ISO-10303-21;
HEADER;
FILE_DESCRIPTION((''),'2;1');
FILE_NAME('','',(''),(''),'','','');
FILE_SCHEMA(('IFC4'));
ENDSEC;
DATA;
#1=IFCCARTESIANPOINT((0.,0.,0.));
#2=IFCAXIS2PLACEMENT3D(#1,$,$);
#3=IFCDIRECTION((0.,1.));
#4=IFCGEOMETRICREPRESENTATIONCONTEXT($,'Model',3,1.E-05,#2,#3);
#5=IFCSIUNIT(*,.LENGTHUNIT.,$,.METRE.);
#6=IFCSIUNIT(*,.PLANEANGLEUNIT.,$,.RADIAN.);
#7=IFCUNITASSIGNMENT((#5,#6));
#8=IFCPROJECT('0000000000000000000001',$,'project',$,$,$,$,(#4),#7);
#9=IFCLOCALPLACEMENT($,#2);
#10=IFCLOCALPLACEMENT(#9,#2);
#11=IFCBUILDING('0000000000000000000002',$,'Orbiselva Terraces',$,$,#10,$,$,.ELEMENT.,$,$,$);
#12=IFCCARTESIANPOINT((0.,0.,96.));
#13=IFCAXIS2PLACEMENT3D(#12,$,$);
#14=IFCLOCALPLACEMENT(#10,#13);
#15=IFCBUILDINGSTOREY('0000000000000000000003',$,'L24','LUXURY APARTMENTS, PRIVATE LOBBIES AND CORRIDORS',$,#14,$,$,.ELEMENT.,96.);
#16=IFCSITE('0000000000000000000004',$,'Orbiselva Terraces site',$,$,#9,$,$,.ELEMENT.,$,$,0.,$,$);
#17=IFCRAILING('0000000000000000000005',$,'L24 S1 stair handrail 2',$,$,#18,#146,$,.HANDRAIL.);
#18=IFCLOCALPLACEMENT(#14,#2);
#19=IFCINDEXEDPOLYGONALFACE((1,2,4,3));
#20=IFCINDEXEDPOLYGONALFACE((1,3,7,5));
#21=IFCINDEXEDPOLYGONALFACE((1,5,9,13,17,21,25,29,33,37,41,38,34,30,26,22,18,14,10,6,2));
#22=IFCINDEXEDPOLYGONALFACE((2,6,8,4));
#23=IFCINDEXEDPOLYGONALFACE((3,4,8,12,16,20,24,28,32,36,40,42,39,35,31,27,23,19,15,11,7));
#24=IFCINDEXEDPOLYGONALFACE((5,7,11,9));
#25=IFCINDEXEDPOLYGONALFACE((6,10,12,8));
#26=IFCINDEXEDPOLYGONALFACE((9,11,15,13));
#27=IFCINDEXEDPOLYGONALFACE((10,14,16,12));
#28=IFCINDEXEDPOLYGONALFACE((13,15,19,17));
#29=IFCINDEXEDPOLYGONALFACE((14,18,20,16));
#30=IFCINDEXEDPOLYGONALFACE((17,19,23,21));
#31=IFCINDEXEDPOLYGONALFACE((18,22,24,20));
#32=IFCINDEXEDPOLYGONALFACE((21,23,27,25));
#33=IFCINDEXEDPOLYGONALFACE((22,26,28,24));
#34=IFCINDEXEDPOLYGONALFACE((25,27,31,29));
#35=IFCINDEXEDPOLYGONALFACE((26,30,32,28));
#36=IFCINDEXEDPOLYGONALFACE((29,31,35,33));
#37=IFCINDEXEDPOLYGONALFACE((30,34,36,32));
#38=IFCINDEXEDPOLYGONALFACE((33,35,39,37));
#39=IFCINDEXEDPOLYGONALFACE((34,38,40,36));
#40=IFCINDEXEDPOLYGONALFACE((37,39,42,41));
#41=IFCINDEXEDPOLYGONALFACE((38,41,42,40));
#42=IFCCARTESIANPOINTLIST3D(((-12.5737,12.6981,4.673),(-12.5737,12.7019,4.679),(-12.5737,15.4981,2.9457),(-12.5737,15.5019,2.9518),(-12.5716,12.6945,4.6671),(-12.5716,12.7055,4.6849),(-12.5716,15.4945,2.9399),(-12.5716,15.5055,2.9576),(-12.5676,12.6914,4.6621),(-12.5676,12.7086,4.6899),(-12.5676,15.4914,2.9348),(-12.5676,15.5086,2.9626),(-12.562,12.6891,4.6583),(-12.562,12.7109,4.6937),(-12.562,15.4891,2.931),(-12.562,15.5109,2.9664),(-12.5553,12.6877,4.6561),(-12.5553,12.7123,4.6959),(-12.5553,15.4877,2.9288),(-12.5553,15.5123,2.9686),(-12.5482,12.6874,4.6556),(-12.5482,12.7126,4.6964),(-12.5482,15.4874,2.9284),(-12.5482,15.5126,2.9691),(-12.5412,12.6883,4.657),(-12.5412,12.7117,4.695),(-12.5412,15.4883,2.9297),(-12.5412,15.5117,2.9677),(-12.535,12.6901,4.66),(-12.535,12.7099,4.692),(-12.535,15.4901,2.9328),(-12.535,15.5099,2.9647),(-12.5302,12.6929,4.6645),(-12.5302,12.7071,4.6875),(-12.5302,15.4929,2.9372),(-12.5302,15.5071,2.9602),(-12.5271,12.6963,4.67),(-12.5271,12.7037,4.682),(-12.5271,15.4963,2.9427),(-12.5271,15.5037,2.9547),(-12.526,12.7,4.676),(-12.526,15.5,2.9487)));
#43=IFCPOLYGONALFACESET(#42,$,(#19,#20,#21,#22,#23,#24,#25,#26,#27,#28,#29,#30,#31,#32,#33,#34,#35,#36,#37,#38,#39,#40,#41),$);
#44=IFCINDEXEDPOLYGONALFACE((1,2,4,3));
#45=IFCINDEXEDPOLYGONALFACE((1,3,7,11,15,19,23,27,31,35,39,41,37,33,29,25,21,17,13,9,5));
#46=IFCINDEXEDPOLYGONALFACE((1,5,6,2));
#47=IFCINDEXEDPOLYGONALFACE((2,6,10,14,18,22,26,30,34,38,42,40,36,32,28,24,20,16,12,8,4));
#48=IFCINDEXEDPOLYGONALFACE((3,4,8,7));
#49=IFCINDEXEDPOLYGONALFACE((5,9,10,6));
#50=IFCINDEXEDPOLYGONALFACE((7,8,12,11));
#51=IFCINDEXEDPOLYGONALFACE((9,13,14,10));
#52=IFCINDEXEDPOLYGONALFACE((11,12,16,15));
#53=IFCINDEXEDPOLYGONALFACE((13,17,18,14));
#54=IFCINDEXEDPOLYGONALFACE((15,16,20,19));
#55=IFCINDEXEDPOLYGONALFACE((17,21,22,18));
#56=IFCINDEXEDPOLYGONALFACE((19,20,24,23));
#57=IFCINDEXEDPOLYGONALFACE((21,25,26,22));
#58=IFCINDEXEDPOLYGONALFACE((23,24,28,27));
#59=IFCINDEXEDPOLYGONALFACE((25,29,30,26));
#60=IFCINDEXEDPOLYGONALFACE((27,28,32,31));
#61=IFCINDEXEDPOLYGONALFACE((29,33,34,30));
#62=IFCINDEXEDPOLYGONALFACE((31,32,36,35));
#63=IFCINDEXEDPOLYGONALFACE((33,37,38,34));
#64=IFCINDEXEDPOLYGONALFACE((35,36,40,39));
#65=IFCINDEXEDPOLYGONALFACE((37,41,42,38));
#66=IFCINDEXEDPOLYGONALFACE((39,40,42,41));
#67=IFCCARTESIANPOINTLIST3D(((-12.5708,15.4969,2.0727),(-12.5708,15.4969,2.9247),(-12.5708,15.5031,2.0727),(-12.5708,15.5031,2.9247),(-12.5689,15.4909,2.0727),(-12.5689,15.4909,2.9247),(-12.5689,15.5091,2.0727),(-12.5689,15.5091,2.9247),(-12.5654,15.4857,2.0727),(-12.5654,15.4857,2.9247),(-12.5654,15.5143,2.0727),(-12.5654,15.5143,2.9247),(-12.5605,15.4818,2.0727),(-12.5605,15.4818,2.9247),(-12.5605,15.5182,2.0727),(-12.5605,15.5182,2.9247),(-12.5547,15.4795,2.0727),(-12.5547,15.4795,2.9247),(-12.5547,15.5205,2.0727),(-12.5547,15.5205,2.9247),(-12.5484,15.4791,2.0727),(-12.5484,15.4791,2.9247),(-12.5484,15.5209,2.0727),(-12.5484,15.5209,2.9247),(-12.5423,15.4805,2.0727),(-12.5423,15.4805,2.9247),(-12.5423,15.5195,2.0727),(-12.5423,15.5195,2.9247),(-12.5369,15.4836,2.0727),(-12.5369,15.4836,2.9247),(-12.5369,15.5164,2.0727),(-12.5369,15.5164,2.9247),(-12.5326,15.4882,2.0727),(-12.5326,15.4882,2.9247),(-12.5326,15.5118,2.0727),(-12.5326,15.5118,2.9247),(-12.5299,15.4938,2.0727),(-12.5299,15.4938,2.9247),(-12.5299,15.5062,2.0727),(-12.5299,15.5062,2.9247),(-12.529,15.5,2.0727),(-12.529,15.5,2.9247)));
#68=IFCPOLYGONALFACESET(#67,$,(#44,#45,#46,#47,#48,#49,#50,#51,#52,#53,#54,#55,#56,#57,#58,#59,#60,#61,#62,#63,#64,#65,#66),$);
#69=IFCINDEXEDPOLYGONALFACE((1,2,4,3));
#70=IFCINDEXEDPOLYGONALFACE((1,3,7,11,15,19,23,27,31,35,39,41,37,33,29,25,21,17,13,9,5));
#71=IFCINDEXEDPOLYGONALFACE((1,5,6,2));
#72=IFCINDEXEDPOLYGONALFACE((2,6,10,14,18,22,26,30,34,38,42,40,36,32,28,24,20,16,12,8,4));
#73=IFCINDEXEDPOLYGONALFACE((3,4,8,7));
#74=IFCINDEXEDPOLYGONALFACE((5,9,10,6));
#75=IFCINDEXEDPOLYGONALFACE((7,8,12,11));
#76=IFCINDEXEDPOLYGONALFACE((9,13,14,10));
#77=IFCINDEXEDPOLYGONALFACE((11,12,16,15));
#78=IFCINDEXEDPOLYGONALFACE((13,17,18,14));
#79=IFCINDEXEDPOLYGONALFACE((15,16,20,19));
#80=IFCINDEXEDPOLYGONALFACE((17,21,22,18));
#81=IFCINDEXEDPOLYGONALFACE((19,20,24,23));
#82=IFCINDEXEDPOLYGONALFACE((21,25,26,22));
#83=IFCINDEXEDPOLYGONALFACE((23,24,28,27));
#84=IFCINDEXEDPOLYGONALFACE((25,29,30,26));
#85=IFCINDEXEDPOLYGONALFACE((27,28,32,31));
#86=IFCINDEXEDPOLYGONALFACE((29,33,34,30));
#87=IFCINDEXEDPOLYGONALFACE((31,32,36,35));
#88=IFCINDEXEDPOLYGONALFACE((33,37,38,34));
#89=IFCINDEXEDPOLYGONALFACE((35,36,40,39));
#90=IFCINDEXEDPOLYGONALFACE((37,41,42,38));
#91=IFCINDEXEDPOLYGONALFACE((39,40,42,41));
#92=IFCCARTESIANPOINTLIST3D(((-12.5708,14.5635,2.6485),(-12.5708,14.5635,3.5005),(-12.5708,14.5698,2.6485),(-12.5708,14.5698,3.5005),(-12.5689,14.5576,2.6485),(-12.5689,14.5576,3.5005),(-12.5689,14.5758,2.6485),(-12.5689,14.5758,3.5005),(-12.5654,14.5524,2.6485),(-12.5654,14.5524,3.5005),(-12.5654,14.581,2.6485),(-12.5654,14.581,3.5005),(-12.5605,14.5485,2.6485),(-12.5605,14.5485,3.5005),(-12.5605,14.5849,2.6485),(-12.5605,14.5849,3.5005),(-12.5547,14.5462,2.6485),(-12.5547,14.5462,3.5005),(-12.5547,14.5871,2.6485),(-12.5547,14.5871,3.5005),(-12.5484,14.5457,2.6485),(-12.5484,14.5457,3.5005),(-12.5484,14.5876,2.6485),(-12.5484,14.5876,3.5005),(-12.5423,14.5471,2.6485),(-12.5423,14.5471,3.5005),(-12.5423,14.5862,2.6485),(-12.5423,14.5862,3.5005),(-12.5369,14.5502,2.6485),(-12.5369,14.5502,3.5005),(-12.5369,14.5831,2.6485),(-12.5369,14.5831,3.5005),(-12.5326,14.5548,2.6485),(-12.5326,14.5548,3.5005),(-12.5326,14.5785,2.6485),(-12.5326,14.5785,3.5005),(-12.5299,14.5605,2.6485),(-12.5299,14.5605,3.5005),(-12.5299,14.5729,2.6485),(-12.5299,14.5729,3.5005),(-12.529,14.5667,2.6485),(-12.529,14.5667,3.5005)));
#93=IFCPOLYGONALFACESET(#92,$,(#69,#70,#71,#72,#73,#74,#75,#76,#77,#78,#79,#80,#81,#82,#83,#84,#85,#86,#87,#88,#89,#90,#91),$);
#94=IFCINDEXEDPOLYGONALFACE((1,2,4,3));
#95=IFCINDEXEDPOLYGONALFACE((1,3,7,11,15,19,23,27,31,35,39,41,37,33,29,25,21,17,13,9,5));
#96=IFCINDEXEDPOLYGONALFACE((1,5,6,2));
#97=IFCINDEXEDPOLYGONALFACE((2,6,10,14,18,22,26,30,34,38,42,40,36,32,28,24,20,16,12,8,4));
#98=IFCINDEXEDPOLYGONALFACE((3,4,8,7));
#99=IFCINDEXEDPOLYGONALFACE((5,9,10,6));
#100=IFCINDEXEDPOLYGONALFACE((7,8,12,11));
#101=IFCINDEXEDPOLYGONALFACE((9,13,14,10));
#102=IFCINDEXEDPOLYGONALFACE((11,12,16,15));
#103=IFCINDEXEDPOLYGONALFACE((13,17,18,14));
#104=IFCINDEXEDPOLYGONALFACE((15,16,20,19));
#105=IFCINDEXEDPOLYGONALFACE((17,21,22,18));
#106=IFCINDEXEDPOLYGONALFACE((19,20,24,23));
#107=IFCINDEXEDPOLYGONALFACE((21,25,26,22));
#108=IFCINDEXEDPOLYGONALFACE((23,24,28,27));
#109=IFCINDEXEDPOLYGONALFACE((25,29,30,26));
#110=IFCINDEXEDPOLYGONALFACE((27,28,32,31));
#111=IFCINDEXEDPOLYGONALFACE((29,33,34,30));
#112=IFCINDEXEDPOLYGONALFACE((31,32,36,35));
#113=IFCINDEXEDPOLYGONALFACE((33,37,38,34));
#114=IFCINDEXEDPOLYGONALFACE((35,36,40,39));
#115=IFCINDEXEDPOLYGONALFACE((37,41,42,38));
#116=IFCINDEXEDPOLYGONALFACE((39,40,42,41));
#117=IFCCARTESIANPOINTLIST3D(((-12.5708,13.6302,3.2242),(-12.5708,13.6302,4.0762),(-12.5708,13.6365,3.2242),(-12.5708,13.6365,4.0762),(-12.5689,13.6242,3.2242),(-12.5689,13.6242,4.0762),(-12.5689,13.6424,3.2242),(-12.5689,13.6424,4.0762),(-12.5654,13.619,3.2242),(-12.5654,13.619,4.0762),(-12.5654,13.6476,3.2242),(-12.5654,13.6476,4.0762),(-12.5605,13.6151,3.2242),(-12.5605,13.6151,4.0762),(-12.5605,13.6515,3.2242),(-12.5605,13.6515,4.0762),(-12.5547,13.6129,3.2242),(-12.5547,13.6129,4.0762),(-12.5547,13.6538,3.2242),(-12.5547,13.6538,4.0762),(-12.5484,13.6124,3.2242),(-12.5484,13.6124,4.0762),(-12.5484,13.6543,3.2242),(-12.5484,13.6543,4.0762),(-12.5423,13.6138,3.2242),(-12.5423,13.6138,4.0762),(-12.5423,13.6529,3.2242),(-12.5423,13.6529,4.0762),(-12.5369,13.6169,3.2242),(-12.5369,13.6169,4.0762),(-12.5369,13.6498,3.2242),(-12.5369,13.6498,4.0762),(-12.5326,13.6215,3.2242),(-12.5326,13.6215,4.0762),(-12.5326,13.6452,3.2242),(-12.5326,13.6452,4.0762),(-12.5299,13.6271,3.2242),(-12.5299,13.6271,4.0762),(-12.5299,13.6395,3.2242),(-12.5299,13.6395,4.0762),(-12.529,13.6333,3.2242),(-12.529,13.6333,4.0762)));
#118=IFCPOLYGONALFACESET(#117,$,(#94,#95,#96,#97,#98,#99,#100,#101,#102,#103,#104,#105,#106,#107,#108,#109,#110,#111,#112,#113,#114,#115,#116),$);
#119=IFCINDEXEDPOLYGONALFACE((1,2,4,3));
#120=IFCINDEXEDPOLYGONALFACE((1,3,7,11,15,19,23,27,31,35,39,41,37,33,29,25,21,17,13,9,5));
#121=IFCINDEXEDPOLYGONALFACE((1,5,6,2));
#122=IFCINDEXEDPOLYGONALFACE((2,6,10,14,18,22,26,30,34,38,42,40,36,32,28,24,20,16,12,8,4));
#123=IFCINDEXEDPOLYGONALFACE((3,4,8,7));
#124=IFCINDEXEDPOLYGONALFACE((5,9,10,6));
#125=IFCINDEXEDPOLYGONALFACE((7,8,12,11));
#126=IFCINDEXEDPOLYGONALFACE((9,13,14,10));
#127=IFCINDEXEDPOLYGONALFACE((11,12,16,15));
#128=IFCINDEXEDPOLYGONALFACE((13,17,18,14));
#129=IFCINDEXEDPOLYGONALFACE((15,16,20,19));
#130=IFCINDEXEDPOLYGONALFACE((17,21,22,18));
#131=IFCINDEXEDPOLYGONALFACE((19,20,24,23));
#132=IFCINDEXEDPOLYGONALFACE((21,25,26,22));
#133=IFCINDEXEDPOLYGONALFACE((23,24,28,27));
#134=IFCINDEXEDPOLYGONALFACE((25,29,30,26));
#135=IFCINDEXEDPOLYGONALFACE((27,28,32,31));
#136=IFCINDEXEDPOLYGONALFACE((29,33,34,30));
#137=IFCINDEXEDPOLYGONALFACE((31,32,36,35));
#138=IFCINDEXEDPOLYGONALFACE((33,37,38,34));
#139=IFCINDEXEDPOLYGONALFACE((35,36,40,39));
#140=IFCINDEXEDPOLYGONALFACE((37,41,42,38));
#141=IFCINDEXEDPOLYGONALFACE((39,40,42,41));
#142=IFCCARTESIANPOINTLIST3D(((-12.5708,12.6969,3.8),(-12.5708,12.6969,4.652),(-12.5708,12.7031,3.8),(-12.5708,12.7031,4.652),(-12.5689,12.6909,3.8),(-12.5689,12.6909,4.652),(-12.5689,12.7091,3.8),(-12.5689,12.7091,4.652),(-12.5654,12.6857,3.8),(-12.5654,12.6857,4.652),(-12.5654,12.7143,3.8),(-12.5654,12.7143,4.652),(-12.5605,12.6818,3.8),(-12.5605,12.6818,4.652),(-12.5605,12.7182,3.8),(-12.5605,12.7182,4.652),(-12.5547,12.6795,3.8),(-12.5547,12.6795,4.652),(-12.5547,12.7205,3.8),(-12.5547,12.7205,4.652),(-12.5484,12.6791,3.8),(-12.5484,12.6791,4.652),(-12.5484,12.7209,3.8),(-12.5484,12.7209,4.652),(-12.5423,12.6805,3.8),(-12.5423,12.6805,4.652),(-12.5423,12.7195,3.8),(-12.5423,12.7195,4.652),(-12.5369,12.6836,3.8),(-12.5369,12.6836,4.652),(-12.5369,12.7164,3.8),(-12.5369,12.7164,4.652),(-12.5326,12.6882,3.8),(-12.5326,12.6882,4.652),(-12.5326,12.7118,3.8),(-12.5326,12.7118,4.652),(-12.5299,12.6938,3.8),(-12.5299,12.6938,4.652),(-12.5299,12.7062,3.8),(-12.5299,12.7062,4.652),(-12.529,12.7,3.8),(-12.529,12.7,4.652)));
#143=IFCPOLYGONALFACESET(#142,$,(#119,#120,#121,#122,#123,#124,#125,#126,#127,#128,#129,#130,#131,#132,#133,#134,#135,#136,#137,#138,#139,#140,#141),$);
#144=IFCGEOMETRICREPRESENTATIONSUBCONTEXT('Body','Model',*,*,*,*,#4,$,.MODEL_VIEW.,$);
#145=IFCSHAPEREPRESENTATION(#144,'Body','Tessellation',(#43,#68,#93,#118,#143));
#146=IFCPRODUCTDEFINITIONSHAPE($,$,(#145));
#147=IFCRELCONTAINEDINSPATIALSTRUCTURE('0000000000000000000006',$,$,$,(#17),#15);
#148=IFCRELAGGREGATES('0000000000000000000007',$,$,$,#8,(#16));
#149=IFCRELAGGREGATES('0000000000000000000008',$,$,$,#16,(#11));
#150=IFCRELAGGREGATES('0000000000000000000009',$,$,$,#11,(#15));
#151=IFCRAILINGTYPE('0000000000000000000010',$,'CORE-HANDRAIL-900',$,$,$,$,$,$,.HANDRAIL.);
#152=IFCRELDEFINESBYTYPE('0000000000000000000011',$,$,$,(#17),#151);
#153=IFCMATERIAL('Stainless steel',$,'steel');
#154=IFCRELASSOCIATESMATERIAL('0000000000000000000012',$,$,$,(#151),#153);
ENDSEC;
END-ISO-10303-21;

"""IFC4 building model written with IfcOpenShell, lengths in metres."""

from ifc_helpers import new_model, si_unit, direction, frame, origin, origin_2d, place, context, subcontext, project, spatial, circle, extrude, material, type_object, element, save


model = new_model("IFC4")

# Units and contexts
model_context = context("Model", 3, precision=1e-05, world=origin(), true_north=direction((0.0, 1.0)))
body_context = subcontext(model_context, "Body", "Model", "MODEL_VIEW")
ifc_project = project(units=[si_unit("LENGTHUNIT", "METRE"), si_unit("PLANEANGLEUNIT", "RADIAN")], contexts=[model_context])

# Site, building, storey
site_placement = place(None, origin())
site = spatial("IfcSite", under=ifc_project, at=site_placement, Name="Orbiselva Terraces site", CompositionType="ELEMENT", RefElevation=0.0)
building_placement = place(site_placement, origin())
building = spatial("IfcBuilding", under=site, at=building_placement, Name="Orbiselva Terraces", CompositionType="ELEMENT")
storey_placement = place(building_placement, frame((0.0, 0.0, 96.0)))
storey = spatial("IfcBuildingStorey", under=building, at=storey_placement, Name="L24", Description="LUXURY APARTMENTS, PRIVATE LOBBIES AND CORRIDORS", CompositionType="ELEMENT", Elevation=96.0)

# Railing
ifc_material_1 = material(Name="Stainless steel", Category="steel")
railing_type_1 = type_object("IfcRailingType", Name="CORE-HANDRAIL-900", PredefinedType="HANDRAIL", material=ifc_material_1)
railing_1_placement = place(storey_placement, frame((-12.55, 15.5, 2.0727)))
element("IfcRailing", 1, at=railing_1_placement, inside=storey, type_object=railing_type_1, Name="L24 S1 stair handrail 2", PredefinedType="HANDRAIL", context=body_context, shape_type="SweptSolid", body=[
    extrude(circle(Radius=0.024, at=origin_2d()), frame((0.0, 0.0, 0.876), z_axis=(0.0, -0.851089, 0.525022), x_axis=(1.0, 0.0, 0.0)), (0.0, 0.0, 1.0), 3.2899),
    extrude(circle(Radius=0.021, at=origin_2d()), origin(), (0.0, 0.0, 1.0), 0.852),
    extrude(circle(Radius=0.021, at=origin_2d()), frame((0.0, -0.9333, 0.5758)), (0.0, 0.0, 1.0), 0.852),
    extrude(circle(Radius=0.021, at=origin_2d()), frame((0.0, -1.8667, 1.1515)), (0.0, 0.0, 1.0), 0.852),
    extrude(circle(Radius=0.021, at=origin_2d()), frame((0.0, -2.8, 1.7273)), (0.0, 0.0, 1.0), 0.852),
])

save(model, "model.ifc")
